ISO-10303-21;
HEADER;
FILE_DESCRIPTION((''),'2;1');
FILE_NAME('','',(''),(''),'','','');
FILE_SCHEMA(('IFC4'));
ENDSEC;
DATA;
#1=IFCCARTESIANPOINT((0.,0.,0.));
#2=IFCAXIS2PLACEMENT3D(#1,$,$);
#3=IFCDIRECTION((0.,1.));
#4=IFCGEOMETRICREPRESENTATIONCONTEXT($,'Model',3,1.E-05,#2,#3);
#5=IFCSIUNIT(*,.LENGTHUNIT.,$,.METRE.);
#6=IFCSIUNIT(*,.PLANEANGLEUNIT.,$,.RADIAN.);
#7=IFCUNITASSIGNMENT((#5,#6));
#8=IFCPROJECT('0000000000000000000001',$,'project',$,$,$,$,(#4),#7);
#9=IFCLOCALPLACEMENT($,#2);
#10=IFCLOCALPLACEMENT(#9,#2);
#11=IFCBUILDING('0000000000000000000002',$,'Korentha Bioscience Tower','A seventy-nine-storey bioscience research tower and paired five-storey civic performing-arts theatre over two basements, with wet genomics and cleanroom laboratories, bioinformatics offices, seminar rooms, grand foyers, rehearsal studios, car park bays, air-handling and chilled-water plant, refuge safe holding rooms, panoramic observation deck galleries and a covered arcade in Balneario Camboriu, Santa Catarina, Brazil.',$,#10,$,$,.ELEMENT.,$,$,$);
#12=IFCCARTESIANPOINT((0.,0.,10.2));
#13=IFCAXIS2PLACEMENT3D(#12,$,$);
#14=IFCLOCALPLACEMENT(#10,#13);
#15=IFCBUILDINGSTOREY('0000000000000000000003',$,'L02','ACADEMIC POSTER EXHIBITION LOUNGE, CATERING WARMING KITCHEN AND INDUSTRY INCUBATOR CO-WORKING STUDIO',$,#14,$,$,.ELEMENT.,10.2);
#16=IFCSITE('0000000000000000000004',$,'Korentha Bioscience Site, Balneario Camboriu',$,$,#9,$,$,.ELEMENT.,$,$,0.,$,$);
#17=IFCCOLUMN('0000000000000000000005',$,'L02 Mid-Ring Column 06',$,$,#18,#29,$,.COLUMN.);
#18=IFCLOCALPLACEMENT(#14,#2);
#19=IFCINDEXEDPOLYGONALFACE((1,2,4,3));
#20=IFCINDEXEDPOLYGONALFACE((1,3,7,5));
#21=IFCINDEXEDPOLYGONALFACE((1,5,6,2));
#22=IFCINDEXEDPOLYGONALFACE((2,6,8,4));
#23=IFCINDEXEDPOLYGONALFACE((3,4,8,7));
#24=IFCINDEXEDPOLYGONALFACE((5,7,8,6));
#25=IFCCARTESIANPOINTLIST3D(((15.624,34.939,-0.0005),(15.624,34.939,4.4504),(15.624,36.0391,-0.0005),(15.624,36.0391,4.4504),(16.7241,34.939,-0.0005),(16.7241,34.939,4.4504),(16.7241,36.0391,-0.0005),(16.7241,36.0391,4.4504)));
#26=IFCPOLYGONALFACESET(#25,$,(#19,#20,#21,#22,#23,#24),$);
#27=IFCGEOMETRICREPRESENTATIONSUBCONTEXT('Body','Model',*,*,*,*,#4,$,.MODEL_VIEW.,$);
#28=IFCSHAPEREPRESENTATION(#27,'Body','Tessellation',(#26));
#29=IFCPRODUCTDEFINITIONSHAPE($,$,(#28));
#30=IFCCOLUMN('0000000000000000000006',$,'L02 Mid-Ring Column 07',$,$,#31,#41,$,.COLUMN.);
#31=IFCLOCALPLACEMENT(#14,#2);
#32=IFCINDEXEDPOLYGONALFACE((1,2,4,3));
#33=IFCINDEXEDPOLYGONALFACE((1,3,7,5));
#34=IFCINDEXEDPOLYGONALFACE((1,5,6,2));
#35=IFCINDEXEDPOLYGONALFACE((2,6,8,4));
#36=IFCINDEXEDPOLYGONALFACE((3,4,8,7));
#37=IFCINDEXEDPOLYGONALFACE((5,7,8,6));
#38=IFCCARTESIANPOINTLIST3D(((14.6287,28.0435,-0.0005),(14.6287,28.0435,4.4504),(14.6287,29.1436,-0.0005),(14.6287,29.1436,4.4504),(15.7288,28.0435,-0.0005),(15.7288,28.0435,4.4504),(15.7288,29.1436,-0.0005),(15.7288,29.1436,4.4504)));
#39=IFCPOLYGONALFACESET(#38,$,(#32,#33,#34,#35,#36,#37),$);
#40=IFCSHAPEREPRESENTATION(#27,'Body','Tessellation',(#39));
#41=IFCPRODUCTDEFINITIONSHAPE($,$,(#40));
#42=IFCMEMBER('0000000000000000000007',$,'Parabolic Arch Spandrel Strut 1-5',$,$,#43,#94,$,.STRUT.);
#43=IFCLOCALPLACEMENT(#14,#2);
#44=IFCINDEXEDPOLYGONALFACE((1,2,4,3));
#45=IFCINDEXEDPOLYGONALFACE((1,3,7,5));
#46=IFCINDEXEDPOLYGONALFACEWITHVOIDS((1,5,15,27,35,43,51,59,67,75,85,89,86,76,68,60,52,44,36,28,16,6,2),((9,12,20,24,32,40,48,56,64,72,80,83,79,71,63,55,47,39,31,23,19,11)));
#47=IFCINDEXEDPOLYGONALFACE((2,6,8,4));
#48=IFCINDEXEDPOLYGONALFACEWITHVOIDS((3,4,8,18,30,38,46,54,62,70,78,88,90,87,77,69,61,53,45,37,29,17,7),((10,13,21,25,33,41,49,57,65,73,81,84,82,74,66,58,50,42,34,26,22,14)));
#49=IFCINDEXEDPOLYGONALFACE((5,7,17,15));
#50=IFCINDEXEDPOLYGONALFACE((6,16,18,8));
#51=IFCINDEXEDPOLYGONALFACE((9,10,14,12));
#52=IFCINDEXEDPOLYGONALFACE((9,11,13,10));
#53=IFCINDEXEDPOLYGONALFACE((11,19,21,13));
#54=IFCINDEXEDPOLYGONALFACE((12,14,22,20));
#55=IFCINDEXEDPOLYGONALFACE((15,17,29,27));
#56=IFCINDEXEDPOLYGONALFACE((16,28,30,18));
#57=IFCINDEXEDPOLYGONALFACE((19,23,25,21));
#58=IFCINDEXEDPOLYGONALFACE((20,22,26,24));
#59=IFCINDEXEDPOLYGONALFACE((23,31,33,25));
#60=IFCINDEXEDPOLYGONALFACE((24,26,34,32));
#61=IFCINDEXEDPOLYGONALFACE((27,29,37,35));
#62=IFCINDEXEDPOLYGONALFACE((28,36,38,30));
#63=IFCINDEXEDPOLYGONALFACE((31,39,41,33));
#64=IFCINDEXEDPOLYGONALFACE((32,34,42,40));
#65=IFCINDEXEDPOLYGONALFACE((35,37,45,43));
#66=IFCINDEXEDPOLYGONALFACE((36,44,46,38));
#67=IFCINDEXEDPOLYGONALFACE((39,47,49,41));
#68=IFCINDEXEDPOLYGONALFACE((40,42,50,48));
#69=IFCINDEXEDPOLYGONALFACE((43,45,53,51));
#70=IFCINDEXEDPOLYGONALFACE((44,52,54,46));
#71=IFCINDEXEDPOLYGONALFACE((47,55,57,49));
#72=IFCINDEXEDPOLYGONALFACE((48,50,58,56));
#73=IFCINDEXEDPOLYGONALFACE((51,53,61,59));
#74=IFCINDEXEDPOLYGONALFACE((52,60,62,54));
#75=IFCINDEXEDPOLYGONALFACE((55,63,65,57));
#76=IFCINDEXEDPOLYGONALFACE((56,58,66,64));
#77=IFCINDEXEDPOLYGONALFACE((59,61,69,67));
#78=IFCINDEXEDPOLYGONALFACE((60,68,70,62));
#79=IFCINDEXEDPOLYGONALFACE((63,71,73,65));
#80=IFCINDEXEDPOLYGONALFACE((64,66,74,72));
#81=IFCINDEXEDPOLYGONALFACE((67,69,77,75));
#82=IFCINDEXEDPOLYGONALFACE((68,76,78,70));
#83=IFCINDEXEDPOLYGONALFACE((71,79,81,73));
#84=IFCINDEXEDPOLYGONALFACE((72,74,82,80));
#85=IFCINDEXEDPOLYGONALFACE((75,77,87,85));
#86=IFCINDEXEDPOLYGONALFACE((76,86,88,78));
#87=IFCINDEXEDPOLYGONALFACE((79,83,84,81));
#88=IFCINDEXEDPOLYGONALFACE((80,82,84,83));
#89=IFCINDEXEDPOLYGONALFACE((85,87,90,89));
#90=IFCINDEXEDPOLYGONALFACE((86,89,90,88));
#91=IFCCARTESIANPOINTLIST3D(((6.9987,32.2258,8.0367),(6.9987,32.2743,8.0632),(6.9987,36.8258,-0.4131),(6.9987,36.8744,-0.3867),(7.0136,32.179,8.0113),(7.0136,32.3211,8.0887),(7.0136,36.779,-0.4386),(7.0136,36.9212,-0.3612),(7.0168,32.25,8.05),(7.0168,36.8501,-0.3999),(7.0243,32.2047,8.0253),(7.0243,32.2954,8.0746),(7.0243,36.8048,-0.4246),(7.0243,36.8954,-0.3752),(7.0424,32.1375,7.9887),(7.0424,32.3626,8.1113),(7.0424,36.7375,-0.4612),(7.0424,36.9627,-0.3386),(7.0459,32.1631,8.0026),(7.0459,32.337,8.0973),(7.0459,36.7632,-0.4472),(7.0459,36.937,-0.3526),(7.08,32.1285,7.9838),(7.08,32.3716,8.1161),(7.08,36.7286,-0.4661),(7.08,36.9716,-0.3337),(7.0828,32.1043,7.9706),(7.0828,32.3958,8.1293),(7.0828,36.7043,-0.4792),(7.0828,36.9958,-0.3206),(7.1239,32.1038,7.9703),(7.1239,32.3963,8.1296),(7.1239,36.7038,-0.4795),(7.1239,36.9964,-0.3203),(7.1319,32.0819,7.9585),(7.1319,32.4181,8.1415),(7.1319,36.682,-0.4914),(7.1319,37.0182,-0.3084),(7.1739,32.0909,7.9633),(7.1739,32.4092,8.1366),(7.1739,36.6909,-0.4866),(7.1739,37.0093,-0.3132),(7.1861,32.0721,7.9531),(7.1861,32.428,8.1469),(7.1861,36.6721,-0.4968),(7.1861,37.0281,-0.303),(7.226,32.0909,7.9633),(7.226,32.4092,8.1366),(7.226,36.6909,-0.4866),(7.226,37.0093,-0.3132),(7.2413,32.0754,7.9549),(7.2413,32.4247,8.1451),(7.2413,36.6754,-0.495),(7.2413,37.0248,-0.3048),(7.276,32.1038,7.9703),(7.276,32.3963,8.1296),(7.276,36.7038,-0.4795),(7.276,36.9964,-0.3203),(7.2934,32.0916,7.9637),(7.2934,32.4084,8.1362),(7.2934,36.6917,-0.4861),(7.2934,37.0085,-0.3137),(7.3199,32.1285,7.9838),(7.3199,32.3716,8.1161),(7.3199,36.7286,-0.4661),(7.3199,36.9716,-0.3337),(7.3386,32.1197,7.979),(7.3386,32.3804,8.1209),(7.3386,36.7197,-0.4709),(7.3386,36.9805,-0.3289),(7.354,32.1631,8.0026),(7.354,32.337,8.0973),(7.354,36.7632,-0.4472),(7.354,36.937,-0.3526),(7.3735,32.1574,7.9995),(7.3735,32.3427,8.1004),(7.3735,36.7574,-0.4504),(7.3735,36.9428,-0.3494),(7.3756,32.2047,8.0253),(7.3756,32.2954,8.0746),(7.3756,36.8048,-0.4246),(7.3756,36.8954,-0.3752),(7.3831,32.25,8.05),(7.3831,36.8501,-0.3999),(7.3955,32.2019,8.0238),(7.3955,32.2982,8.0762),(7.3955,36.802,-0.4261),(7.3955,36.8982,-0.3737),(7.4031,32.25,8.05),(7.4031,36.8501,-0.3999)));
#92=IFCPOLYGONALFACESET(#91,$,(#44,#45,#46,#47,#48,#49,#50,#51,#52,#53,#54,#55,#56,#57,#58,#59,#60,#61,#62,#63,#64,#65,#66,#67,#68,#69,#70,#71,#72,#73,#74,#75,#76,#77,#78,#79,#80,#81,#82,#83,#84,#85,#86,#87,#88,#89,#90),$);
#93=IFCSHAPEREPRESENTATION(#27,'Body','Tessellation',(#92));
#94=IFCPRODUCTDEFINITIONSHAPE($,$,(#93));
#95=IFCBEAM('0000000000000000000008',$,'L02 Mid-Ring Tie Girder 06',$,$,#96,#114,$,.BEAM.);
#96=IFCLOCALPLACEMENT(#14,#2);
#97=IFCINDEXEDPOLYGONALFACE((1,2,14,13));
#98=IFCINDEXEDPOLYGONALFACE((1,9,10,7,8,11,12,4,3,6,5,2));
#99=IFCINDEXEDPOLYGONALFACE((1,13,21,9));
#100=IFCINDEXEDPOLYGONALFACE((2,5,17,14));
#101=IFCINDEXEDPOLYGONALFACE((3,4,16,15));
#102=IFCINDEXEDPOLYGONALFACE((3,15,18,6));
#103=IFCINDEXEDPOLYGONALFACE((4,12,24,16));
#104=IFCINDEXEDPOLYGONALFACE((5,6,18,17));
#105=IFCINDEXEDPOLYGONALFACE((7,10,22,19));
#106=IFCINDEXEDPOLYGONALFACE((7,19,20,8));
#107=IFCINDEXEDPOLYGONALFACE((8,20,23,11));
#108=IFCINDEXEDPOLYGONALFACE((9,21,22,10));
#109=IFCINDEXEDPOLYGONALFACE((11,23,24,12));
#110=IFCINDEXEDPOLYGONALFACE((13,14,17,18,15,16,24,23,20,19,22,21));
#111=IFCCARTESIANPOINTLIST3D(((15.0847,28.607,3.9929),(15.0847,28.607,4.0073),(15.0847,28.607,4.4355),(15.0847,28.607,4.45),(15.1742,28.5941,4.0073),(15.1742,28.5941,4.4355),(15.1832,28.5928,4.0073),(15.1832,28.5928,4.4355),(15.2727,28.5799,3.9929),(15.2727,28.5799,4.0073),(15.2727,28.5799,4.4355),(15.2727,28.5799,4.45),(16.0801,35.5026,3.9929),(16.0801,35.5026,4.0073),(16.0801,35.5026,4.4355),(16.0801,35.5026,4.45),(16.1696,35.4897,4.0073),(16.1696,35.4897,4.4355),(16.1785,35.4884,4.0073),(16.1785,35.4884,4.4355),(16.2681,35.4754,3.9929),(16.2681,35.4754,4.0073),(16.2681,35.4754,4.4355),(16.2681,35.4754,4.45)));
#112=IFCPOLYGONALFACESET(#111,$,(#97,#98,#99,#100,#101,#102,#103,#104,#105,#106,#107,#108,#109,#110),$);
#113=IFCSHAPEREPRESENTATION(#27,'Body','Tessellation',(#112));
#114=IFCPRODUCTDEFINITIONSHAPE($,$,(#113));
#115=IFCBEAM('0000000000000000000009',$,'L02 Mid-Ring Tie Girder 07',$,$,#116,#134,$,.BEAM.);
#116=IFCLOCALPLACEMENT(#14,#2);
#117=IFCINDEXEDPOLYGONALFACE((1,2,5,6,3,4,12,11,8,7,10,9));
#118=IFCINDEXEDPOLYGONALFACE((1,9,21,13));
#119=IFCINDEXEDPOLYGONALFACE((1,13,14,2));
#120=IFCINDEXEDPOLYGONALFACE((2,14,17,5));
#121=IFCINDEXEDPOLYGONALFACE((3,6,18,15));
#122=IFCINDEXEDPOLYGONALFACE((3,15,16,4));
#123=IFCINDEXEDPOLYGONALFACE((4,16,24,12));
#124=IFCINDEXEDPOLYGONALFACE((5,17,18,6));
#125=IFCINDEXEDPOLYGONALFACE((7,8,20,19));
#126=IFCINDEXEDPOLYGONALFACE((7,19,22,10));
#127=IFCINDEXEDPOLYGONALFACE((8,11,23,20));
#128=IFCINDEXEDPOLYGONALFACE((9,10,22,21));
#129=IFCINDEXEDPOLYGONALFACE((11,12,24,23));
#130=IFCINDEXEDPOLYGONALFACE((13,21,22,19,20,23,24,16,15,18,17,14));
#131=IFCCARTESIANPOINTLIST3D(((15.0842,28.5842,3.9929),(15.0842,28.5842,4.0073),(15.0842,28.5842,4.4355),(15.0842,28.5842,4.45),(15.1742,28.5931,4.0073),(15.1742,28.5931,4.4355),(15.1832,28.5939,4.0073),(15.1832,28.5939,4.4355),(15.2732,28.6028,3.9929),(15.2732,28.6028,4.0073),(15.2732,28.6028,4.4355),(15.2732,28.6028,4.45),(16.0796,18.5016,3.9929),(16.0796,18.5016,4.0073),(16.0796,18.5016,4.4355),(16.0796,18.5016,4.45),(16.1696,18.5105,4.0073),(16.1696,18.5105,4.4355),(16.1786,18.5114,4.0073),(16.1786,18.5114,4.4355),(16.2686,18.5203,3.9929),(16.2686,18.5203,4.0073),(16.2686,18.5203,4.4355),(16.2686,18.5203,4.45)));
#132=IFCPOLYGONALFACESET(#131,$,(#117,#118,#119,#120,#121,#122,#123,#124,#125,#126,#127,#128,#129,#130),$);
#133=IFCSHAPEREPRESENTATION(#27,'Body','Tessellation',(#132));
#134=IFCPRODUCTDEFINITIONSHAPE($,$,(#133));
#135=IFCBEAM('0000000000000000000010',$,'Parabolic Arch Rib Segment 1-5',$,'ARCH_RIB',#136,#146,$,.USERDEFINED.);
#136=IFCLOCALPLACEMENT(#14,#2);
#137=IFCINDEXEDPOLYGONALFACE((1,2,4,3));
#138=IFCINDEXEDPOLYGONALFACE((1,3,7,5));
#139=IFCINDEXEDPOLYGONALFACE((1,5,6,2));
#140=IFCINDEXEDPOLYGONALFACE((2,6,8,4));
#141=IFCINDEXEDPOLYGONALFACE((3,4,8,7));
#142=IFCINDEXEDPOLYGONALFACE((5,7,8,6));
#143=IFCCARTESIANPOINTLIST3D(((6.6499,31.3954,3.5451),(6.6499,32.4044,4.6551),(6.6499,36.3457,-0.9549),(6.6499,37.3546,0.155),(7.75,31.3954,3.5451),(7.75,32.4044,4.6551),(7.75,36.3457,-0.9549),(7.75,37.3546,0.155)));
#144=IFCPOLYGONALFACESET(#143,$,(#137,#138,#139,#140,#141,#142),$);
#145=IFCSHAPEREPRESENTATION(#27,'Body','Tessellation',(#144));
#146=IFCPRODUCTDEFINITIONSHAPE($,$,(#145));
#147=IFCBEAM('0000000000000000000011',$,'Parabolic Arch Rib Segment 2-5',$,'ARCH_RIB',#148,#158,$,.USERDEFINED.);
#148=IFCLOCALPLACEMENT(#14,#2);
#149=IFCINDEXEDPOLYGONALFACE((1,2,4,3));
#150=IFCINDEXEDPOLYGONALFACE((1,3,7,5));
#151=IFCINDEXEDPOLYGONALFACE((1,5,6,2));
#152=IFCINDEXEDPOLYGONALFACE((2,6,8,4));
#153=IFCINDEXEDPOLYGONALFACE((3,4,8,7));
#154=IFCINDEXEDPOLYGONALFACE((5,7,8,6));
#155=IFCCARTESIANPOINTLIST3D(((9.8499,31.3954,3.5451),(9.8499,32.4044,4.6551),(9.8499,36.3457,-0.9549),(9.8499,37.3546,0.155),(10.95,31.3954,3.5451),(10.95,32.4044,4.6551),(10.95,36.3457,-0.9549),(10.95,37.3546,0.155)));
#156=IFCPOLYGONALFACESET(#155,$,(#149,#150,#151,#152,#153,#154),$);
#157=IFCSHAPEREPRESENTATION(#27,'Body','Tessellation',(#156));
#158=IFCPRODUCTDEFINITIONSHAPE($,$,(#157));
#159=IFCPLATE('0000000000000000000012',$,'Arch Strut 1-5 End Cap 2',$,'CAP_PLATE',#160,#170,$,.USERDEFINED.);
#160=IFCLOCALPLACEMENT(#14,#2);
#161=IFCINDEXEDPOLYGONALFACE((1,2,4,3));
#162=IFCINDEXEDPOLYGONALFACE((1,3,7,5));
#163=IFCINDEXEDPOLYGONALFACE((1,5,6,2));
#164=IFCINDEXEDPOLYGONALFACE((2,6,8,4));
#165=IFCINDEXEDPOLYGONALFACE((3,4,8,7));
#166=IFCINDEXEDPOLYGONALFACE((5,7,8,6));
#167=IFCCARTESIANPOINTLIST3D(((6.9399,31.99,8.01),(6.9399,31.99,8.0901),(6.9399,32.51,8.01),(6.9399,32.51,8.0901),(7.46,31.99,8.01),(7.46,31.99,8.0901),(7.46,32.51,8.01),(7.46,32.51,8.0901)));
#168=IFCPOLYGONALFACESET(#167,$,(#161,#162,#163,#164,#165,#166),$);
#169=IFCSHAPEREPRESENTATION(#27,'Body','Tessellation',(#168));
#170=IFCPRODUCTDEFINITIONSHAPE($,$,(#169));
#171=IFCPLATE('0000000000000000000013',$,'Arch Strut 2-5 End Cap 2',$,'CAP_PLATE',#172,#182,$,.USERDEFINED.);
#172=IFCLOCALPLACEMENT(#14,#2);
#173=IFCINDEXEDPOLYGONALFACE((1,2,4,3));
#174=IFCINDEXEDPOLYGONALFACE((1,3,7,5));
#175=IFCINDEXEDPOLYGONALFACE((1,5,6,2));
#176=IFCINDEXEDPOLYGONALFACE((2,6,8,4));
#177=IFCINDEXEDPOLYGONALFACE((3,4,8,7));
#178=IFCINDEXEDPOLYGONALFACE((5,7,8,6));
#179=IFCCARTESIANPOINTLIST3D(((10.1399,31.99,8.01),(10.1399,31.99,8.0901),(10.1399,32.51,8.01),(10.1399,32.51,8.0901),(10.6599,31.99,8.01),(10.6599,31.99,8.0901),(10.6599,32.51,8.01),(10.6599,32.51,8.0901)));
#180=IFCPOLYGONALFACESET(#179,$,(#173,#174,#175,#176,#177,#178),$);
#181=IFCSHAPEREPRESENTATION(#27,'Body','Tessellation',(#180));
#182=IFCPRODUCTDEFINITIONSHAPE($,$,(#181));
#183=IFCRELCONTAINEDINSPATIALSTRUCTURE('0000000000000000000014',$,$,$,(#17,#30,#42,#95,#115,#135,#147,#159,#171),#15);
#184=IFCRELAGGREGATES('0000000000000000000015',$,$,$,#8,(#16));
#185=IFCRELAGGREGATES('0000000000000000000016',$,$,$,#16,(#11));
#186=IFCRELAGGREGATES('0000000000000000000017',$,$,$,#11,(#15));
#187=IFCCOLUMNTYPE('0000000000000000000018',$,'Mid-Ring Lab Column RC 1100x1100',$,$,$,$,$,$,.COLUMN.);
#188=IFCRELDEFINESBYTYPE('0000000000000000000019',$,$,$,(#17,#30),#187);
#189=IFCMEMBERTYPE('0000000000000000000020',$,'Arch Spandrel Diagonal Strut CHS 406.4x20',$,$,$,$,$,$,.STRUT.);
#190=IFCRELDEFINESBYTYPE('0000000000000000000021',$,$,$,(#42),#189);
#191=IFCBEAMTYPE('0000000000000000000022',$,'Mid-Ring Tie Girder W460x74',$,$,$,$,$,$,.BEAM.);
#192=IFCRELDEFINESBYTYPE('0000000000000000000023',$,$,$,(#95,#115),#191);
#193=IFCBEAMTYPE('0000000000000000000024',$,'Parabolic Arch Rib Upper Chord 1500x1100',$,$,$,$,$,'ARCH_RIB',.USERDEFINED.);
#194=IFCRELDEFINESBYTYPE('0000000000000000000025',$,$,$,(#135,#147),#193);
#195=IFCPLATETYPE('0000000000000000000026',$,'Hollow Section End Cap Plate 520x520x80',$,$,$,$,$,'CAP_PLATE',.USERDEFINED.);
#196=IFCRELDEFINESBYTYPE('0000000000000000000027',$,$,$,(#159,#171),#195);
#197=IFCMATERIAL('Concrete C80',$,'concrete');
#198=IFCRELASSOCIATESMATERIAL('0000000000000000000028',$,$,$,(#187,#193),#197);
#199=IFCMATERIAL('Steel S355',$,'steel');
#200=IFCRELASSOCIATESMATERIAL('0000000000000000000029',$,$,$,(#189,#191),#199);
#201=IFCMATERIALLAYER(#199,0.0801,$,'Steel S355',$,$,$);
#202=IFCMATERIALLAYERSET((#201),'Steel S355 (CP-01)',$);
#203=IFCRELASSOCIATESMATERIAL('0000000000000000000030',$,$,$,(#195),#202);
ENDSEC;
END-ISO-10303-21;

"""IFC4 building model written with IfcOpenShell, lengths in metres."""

from ifc_helpers import new_model, si_unit, direction, frame, origin, origin_2d, place, context, subcontext, project, spatial, rectangle, hollow_circle, i_section, extrude, material, layer, layer_set, material_profile, profile_set, type_object, element, save


model = new_model("IFC4")

# Units and contexts
model_context = context("Model", 3, precision=1e-05, world=origin(), true_north=direction((0.0, 1.0)))
body_context = subcontext(model_context, "Body", "Model", "MODEL_VIEW")
ifc_project = project(units=[si_unit("LENGTHUNIT", "METRE"), si_unit("PLANEANGLEUNIT", "RADIAN")], contexts=[model_context])

# Site, building, storey
site_placement = place(None, origin())
site = spatial("IfcSite", under=ifc_project, at=site_placement, Name="Korentha Bioscience Site, Balneario Camboriu", CompositionType="ELEMENT", RefElevation=0.0)
building_placement = place(site_placement, origin())
building = spatial("IfcBuilding", under=site, at=building_placement, Name="Korentha Bioscience Tower", Description="A seventy-nine-storey bioscience research tower and paired five-storey civic performing-arts theatre over two basements, with wet genomics and cleanroom laboratories, bioinformatics offices, seminar rooms, grand foyers, rehearsal studios, car park bays, air-handling and chilled-water plant, refuge safe holding rooms, panoramic observation deck galleries and a covered arcade in Balneario Camboriu, Santa Catarina, Brazil.", CompositionType="ELEMENT")
storey_placement = place(building_placement, frame((0.0, 0.0, 10.2)))
storey = spatial("IfcBuildingStorey", under=building, at=storey_placement, Name="L02", Description="ACADEMIC POSTER EXHIBITION LOUNGE, CATERING WARMING KITCHEN AND INDUSTRY INCUBATOR CO-WORKING STUDIO", CompositionType="ELEMENT", Elevation=10.2)

# Columns
ifc_material_1 = material(Name="Concrete C80", Category="concrete")
ifc_material_profile_1 = material_profile(ifc_material_1, rectangle(XDim=1.1001, YDim=1.1001, at=origin_2d()), Name="Concrete C80")
ifc_profile_set_1 = profile_set([ifc_material_profile_1], Name="Concrete C80 (COL-MR11)")
column_type = type_object("IfcColumnType", Name="Mid-Ring Lab Column RC 1100x1100", PredefinedType="COLUMN", material=ifc_profile_set_1)
for number, where, z_axis, x_axis, name in (
    (1, (16.1741, 35.489, -0.0005), (0.0, 0.0, 1.0), (1.0, 0.0, 0.0), "L02 Mid-Ring Column 06"),
    (2, (15.1787, 28.5935, -0.0005), (0.0, 0.0, 1.0), (1.0, 0.0, 0.0), "L02 Mid-Ring Column 07"),
):
    element("IfcColumn", number, at=place(storey_placement, frame(where, z_axis=z_axis, x_axis=x_axis)), inside=storey, type_object=column_type, Name=name, PredefinedType="COLUMN", context=body_context, shape_type="SweptSolid", body=[
        extrude(rectangle(XDim=1.1001, YDim=1.1001, at=origin_2d()), origin(), (0.0, 0.0, 1.0), 4.4509),
    ])

# Member
ifc_material_2 = material(Name="Steel S355", Category="steel")
ifc_material_profile_2 = material_profile(ifc_material_2, hollow_circle(Radius=0.2031, WallThickness=0.02, at=origin_2d()), Name="Steel S355")
ifc_profile_set_2 = profile_set([ifc_material_profile_2], Name="Steel S355 (AR-ST406)")
member_type = type_object("IfcMemberType", Name="Arch Spandrel Diagonal Strut CHS 406.4x20", PredefinedType="STRUT", material=ifc_profile_set_2)
member_placement = place(storey_placement, frame((7.2, 36.8501, -0.3999), z_axis=(0.0, -0.478134, 0.878287), x_axis=(1.0, 0.0, 0.0)))
element("IfcMember", 3, at=member_placement, inside=storey, type_object=member_type, Name="Parabolic Arch Spandrel Strut 1-5", PredefinedType="STRUT", context=body_context, shape_type="SweptSolid", body=[
    extrude(hollow_circle(Radius=0.2031, WallThickness=0.02, at=origin_2d()), origin(), (0.0, 0.0, 1.0), 9.6208),
])

# Beams
ifc_material_profile_3 = material_profile(ifc_material_2, i_section(OverallWidth=0.1899, OverallDepth=0.457, WebThickness=0.009, FlangeThickness=0.0144, at=origin_2d()), Name="Steel S355")
ifc_profile_set_3 = profile_set([ifc_material_profile_3], Name="Steel S355 (MB-460)")
beam_type_1 = type_object("IfcBeamType", Name="Mid-Ring Tie Girder W460x74", PredefinedType="BEAM", material=ifc_profile_set_3)
beam_1_placement = place(storey_placement, frame((16.1741, 35.489, 4.2214), z_axis=(-0.142868, -0.989742, 0.0), x_axis=(0.989742, -0.142868, 0.0)))
element("IfcBeam", 4, at=beam_1_placement, inside=storey, type_object=beam_type_1, Name="L02 Mid-Ring Tie Girder 06", PredefinedType="BEAM", context=body_context, shape_type="SweptSolid", body=[
    extrude(i_section(OverallWidth=0.1899, OverallDepth=0.457, WebThickness=0.009, FlangeThickness=0.0144, at=origin_2d()), origin(), (0.0, 0.0, 1.0), 6.967),
])
beam_2_placement = place(storey_placement, frame((15.1787, 28.5935, 4.2214), z_axis=(0.098244, -0.995162, 0.0), x_axis=(0.995162, 0.098244, 0.0)))
element("IfcBeam", 5, at=beam_2_placement, inside=storey, type_object=beam_type_1, Name="L02 Mid-Ring Tie Girder 07", PredefinedType="BEAM", context=body_context, shape_type="SweptSolid", body=[
    extrude(i_section(OverallWidth=0.1899, OverallDepth=0.457, WebThickness=0.009, FlangeThickness=0.0144, at=origin_2d()), origin(), (0.0, 0.0, 1.0), 10.1316),
])
ifc_material_profile_4 = material_profile(ifc_material_1, rectangle(XDim=1.1001, YDim=1.5, at=origin_2d()), Name="Concrete C80")
ifc_profile_set_4 = profile_set([ifc_material_profile_4], Name="Concrete C80 (AR-B1)")
beam_type_2 = type_object("IfcBeamType", Name="Parabolic Arch Rib Upper Chord 1500x1100", ElementType="ARCH_RIB", PredefinedType="USERDEFINED", material=ifc_profile_set_4)
for number, where, z_axis, x_axis, name in (
    (6, (7.2, 31.8999, 4.1001), (0.0, 0.739953, -0.672658), (-1.0, 0.0, 0.0), "Parabolic Arch Rib Segment 1-5"),
    (7, (10.3999, 31.8999, 4.1001), (0.0, 0.739953, -0.672658), (-1.0, 0.0, 0.0), "Parabolic Arch Rib Segment 2-5"),
):
    element("IfcBeam", number, at=place(storey_placement, frame(where, z_axis=z_axis, x_axis=x_axis)), inside=storey, type_object=beam_type_2, Name=name, ObjectType="ARCH_RIB", PredefinedType="USERDEFINED", context=body_context, shape_type="SweptSolid", body=[
        extrude(rectangle(XDim=1.1001, YDim=1.5, at=origin_2d()), origin(), (0.0, 0.0, 1.0), 6.6899),
    ])

# Plates
ifc_layer_1 = layer(ifc_material_2, 0.0801, Name="Steel S355")
ifc_layer_set_1 = layer_set([ifc_layer_1], Name="Steel S355 (CP-01)")
plate_type = type_object("IfcPlateType", Name="Hollow Section End Cap Plate 520x520x80", ElementType="CAP_PLATE", PredefinedType="USERDEFINED", material=ifc_layer_set_1)
for number, where, z_axis, x_axis, name in (
    (8, (7.2, 32.25, 8.01), (0.0, 0.0, 1.0), (0.0, 1.0, 0.0), "Arch Strut 1-5 End Cap 2"),
    (9, (10.3999, 32.25, 8.01), (0.0, 0.0, 1.0), (0.0, 1.0, 0.0), "Arch Strut 2-5 End Cap 2"),
):
    element("IfcPlate", number, at=place(storey_placement, frame(where, z_axis=z_axis, x_axis=x_axis)), inside=storey, type_object=plate_type, Name=name, ObjectType="CAP_PLATE", PredefinedType="USERDEFINED", context=body_context, shape_type="SweptSolid", body=[
        extrude(rectangle(XDim=0.52, YDim=0.52, at=origin_2d()), origin(), (0.0, 0.0, 1.0), 0.0801),
    ])

save(model, "model.ifc")
